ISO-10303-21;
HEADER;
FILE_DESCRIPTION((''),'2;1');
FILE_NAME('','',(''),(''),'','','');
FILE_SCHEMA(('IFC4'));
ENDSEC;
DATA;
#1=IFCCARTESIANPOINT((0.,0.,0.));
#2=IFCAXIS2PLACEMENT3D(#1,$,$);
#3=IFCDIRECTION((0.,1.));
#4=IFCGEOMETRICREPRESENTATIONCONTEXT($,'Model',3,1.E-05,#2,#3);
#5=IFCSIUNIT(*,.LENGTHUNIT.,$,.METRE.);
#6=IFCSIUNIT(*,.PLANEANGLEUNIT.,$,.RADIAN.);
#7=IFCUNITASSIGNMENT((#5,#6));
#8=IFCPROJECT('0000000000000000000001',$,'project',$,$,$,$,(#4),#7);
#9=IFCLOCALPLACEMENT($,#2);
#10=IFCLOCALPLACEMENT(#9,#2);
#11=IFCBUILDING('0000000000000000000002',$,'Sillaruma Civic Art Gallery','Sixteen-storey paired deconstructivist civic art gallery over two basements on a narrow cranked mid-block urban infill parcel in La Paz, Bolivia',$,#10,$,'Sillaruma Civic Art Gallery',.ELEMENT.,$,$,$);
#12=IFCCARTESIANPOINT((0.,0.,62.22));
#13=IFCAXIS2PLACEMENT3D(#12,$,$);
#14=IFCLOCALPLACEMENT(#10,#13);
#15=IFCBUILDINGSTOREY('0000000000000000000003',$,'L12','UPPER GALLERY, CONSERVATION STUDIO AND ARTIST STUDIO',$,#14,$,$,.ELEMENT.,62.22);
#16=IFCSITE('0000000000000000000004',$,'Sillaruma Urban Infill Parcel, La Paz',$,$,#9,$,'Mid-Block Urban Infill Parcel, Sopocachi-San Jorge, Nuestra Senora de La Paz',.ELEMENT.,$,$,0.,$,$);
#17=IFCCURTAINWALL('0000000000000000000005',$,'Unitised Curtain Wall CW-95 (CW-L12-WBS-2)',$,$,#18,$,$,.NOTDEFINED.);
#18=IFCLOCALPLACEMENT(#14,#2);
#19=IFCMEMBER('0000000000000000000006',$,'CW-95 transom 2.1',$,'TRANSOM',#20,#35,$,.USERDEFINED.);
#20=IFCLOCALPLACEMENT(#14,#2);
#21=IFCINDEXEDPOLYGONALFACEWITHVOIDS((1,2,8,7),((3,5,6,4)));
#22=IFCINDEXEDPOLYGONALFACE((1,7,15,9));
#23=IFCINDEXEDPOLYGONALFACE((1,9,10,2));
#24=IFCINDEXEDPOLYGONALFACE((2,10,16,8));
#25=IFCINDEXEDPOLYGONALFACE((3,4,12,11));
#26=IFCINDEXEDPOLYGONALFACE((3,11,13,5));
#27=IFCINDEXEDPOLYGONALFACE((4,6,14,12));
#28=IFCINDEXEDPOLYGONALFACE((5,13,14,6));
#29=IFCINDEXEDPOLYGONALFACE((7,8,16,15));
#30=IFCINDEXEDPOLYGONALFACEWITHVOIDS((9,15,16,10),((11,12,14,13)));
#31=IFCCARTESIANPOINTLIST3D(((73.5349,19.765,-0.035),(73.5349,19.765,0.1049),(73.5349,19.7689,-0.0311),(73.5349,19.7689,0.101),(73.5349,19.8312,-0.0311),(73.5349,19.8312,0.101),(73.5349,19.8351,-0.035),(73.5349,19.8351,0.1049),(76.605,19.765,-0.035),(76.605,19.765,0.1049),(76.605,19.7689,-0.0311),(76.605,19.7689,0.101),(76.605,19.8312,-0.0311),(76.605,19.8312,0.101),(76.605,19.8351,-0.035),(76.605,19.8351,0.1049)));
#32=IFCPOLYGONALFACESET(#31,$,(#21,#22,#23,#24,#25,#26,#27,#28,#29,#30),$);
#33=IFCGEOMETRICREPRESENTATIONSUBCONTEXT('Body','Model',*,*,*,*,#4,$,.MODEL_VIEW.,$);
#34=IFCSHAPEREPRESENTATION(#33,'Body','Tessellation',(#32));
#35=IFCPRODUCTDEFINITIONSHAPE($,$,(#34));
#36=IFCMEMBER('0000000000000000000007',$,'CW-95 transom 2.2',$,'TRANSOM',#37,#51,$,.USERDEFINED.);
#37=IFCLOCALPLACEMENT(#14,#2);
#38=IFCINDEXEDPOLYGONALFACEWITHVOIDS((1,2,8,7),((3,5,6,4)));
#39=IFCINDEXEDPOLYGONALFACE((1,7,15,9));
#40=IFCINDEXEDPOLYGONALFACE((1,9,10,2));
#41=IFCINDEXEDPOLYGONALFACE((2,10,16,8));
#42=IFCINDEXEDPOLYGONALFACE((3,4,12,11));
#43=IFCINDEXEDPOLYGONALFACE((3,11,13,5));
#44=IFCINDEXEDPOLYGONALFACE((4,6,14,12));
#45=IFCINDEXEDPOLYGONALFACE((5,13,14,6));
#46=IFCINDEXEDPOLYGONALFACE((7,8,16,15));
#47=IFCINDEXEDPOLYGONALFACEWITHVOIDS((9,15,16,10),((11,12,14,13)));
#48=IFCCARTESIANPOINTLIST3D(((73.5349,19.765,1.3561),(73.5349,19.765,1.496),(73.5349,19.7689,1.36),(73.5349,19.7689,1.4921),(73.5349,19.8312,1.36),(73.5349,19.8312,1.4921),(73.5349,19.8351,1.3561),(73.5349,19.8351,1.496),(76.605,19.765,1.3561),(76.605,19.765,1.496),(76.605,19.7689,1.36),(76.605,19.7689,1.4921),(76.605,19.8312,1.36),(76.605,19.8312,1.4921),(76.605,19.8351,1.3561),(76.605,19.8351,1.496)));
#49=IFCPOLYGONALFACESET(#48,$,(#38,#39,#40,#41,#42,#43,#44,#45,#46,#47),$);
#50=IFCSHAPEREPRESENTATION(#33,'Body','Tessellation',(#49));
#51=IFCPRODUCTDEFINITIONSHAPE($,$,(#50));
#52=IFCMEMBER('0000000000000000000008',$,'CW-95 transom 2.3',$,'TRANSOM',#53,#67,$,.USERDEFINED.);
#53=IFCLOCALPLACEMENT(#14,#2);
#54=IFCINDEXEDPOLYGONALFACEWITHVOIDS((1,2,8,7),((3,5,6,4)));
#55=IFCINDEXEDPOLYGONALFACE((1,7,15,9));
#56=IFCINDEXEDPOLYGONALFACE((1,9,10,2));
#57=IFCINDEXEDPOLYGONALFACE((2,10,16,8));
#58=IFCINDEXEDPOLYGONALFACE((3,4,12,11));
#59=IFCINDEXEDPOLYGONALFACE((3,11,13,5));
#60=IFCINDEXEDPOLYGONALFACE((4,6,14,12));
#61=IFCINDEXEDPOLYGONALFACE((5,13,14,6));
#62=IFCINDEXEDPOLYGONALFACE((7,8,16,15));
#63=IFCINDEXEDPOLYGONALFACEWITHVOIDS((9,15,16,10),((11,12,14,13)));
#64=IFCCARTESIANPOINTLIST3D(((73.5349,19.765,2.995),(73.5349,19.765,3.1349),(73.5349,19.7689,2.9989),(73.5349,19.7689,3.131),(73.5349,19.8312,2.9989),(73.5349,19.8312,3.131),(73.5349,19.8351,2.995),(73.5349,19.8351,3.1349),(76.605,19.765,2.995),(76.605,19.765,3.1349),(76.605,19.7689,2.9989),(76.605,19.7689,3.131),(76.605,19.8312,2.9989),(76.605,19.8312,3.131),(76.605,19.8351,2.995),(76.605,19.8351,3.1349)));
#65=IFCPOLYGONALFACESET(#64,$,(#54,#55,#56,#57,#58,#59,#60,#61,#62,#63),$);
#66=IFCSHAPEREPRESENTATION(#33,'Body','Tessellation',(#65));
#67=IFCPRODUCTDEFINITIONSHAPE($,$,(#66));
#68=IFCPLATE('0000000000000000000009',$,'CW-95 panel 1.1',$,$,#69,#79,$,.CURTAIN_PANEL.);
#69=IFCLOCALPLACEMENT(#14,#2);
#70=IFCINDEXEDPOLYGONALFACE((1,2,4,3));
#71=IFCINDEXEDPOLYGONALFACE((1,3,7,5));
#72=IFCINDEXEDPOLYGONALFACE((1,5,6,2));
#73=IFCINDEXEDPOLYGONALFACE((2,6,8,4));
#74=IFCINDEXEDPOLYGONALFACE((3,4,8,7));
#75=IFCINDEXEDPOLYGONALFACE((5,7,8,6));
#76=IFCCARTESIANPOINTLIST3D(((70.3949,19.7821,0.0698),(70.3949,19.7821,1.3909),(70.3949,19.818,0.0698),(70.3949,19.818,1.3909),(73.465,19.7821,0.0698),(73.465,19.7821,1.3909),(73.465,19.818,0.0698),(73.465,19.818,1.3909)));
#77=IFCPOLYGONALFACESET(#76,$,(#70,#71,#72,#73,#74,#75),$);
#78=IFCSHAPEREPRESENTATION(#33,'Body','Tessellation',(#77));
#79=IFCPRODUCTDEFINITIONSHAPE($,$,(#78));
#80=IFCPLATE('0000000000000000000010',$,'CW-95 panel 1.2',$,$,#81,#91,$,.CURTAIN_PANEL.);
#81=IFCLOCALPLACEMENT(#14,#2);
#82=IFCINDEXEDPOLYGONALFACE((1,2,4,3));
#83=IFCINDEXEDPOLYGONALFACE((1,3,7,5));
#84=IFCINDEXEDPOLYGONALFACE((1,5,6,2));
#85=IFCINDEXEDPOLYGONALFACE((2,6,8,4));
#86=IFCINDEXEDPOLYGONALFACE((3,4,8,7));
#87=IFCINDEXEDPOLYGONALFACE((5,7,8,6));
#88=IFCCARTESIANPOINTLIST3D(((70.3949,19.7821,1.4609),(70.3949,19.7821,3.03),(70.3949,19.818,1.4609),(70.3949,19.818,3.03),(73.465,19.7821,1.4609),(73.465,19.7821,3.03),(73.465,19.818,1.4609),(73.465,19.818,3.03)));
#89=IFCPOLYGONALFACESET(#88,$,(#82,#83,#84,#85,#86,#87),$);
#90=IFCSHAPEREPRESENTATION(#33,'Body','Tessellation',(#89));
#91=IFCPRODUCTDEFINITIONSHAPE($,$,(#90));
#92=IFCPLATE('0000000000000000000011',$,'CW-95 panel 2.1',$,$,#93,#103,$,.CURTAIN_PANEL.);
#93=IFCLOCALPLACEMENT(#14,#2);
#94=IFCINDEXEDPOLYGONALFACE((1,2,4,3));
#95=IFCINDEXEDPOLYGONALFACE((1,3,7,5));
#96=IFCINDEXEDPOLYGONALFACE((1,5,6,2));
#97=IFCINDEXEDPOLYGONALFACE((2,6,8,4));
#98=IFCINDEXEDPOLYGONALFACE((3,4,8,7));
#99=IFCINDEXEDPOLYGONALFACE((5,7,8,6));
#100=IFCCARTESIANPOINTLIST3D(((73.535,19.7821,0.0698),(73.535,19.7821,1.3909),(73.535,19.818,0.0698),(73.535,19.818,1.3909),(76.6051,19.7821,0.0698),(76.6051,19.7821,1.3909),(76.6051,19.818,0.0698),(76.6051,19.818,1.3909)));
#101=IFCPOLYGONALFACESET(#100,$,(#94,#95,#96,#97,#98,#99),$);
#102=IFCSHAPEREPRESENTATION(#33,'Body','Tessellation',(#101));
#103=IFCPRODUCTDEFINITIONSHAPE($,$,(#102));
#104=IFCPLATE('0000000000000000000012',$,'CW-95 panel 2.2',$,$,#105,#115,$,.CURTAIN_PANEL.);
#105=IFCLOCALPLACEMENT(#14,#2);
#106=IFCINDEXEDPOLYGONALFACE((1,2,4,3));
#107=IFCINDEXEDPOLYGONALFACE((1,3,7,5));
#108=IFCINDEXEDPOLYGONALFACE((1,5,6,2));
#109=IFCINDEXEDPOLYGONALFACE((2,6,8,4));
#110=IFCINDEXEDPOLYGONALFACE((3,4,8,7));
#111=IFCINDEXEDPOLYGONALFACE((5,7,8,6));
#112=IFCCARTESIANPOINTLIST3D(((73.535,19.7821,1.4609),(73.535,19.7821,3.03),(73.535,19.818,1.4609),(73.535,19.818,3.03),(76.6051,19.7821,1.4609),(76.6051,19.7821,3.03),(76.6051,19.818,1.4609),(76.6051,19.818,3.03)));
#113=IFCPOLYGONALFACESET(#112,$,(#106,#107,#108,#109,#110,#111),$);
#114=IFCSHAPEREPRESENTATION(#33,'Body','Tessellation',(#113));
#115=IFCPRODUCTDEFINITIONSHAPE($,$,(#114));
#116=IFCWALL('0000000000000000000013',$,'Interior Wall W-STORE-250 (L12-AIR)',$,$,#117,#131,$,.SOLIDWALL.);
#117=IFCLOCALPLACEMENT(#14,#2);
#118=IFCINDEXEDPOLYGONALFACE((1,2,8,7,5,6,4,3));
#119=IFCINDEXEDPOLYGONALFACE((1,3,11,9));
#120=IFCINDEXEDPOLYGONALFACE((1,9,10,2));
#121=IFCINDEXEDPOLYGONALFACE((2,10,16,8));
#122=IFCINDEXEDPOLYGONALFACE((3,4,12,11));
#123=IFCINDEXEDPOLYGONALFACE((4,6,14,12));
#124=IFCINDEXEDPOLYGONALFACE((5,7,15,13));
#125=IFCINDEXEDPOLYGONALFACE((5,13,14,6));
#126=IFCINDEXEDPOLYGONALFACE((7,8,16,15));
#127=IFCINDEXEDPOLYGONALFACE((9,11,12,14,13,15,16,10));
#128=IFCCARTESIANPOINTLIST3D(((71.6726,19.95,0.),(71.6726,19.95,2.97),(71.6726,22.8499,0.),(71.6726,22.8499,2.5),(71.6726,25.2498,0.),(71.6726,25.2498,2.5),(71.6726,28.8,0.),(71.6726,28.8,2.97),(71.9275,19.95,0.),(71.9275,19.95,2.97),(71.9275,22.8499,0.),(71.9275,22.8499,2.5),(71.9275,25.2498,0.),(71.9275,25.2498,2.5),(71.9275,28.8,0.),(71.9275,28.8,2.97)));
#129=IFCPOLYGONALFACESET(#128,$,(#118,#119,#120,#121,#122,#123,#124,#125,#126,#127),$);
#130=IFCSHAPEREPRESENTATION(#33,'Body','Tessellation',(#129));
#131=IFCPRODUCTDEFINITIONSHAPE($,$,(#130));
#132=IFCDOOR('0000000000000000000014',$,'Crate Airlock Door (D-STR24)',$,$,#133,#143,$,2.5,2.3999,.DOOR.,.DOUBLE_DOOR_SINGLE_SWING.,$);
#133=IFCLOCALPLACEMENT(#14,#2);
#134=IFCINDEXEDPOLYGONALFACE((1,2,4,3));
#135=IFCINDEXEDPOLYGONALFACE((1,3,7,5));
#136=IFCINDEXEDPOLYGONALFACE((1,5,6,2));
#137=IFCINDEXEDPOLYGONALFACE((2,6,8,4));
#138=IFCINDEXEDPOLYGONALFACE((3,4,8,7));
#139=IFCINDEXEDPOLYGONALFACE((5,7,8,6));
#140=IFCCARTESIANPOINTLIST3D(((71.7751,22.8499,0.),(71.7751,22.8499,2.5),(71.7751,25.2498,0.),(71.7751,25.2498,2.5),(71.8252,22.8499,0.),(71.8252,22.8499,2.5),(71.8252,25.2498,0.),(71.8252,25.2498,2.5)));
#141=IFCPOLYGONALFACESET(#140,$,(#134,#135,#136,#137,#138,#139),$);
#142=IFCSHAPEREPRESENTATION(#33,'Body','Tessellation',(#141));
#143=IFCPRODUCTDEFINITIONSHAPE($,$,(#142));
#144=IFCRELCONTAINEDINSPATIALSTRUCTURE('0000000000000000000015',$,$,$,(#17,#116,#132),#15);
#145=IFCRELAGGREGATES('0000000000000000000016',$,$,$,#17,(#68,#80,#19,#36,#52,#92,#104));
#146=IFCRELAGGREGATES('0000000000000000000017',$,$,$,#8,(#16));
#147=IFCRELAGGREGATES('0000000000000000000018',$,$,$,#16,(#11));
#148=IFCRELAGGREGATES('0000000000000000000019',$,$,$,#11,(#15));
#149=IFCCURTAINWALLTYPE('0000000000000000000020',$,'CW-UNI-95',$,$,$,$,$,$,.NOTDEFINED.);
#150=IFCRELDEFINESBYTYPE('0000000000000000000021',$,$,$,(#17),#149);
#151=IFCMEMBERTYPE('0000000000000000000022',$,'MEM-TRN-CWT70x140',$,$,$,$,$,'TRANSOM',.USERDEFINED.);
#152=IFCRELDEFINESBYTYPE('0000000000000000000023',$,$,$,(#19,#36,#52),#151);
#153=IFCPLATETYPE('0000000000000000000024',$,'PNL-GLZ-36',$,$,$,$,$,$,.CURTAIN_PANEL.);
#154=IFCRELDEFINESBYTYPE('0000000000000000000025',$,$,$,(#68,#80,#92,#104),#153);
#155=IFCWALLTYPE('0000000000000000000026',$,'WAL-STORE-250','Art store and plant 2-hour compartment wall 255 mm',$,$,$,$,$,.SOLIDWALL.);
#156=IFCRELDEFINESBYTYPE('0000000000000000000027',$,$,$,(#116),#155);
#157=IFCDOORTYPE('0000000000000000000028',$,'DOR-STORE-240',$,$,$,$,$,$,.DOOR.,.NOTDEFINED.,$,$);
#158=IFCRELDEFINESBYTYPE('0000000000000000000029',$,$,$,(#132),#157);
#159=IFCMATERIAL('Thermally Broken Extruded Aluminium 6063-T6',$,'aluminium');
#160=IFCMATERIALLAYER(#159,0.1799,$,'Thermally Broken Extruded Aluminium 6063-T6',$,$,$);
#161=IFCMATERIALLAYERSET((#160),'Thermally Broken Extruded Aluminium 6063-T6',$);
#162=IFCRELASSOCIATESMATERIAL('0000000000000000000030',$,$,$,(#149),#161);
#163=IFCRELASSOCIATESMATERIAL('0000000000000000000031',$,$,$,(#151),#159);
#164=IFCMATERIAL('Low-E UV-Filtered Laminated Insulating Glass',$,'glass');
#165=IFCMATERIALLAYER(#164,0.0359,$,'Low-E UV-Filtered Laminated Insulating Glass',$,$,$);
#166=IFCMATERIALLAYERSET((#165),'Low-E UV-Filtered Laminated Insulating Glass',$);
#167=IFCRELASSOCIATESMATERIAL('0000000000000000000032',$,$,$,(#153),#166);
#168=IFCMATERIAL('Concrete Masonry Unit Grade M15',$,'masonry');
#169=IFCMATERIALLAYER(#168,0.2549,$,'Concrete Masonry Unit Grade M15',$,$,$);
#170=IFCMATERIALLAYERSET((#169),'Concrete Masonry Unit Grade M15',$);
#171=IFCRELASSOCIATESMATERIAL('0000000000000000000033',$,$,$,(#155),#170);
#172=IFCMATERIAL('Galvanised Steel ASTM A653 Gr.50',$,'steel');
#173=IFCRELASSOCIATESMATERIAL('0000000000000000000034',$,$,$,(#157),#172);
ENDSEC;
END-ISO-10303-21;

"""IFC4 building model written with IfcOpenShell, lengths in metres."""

from ifc_helpers import new_model, si_unit, direction, frame, frame_2d, origin, origin_2d, place, context, subcontext, project, spatial, rectangle, hollow_rectangle, extrude, material, layer, layer_set, material_profile, profile_set, type_object, element, fill, aggregate, save


model = new_model("IFC4")

# Units and contexts
model_context = context("Model", 3, precision=1e-05, world=origin(), true_north=direction((0.0, 1.0)))
body_context = subcontext(model_context, "Body", "Model", "MODEL_VIEW")
ifc_project = project(units=[si_unit("LENGTHUNIT", "METRE"), si_unit("PLANEANGLEUNIT", "RADIAN")], contexts=[model_context])

# Site, building, storey
site_placement = place(None, origin())
site = spatial("IfcSite", under=ifc_project, at=site_placement, Name="Sillaruma Urban Infill Parcel, La Paz", LongName="Mid-Block Urban Infill Parcel, Sopocachi-San Jorge, Nuestra Senora de La Paz", CompositionType="ELEMENT", RefElevation=0.0)
building_placement = place(site_placement, origin())
building = spatial("IfcBuilding", under=site, at=building_placement, Name="Sillaruma Civic Art Gallery", Description="Sixteen-storey paired deconstructivist civic art gallery over two basements on a narrow cranked mid-block urban infill parcel in La Paz, Bolivia", LongName="Sillaruma Civic Art Gallery", CompositionType="ELEMENT")
storey_placement = place(building_placement, frame((0.0, 0.0, 62.22)))
storey = spatial("IfcBuildingStorey", under=building, at=storey_placement, Name="L12", Description="UPPER GALLERY, CONSERVATION STUDIO AND ARTIST STUDIO", CompositionType="ELEMENT", Elevation=62.22)

# Curtain wall, members, plates
ifc_material_1 = material(Name="Thermally Broken Extruded Aluminium 6063-T6", Category="aluminium")
ifc_layer_1 = layer(ifc_material_1, 0.1799, Name="Thermally Broken Extruded Aluminium 6063-T6")
ifc_layer_set_1 = layer_set([ifc_layer_1], Name="Thermally Broken Extruded Aluminium 6063-T6")
curtain_wall_type = type_object("IfcCurtainWallType", Name="CW-UNI-95", PredefinedType="NOTDEFINED", material=ifc_layer_set_1)
curtain_wall_placement = place(storey_placement, origin())
curtain_wall = element("IfcCurtainWall", 1, at=curtain_wall_placement, inside=storey, type_object=curtain_wall_type, Name="Unitised Curtain Wall CW-95 (CW-L12-WBS-2)", PredefinedType="NOTDEFINED")
ifc_material_profile_1 = material_profile(ifc_material_1, hollow_rectangle(XDim=0.0701, YDim=0.1399, WallThickness=0.0039, at=origin_2d()), Name="CWT70x140")
ifc_profile_set_1 = profile_set([ifc_material_profile_1], Name="Thermally Broken Extruded Aluminium 6063-T6")
member_type_1 = type_object("IfcMemberType", Name="MEM-TRN-CWT70x140", ElementType="TRANSOM", PredefinedType="USERDEFINED", material=ifc_profile_set_1)
member_1_placement = place(storey_placement, frame((73.5349, 19.8, 0.0349), z_axis=(1.0, 0.0, 0.0), x_axis=(0.0, 1.0, 0.0)))
member_1 = element("IfcMember", 2, at=member_1_placement, type_object=member_type_1, Name="CW-95 transom 2.1", ObjectType="TRANSOM", PredefinedType="USERDEFINED", context=body_context, shape_type="SweptSolid", body=[
    extrude(hollow_rectangle(XDim=0.0701, YDim=0.1399, WallThickness=0.0039, at=origin_2d()), origin(), (0.0, 0.0, 1.0), 3.0701),
])
member_2_placement = place(storey_placement, frame((73.5349, 19.8, 1.426), z_axis=(1.0, 0.0, 0.0), x_axis=(0.0, 1.0, 0.0)))
member_2 = element("IfcMember", 3, at=member_2_placement, type_object=member_type_1, Name="CW-95 transom 2.2", ObjectType="TRANSOM", PredefinedType="USERDEFINED", context=body_context, shape_type="SweptSolid", body=[
    extrude(hollow_rectangle(XDim=0.0701, YDim=0.1399, WallThickness=0.0039, at=origin_2d()), origin(), (0.0, 0.0, 1.0), 3.0701),
])
member_3_placement = place(storey_placement, frame((73.5349, 19.8, 3.0649), z_axis=(1.0, 0.0, 0.0), x_axis=(0.0, 1.0, 0.0)))
member_3 = element("IfcMember", 4, at=member_3_placement, type_object=member_type_1, Name="CW-95 transom 2.3", ObjectType="TRANSOM", PredefinedType="USERDEFINED", context=body_context, shape_type="SweptSolid", body=[
    extrude(hollow_rectangle(XDim=0.0701, YDim=0.1399, WallThickness=0.0039, at=origin_2d()), origin(), (0.0, 0.0, 1.0), 3.0701),
])
ifc_material_2 = material(Name="Low-E UV-Filtered Laminated Insulating Glass", Category="glass")
ifc_layer_2 = layer(ifc_material_2, 0.0359, Name="Low-E UV-Filtered Laminated Insulating Glass")
ifc_layer_set_2 = layer_set([ifc_layer_2], Name="Low-E UV-Filtered Laminated Insulating Glass")
plate_type = type_object("IfcPlateType", Name="PNL-GLZ-36", PredefinedType="CURTAIN_PANEL", material=ifc_layer_set_2)
plate_1_placement = place(storey_placement, frame((71.9299, 19.8, 0.0698), z_axis=(0.0, 0.0, 1.0), x_axis=(1.0, 0.0, 0.0)))
plate_1 = element("IfcPlate", 5, at=plate_1_placement, type_object=plate_type, Name="CW-95 panel 1.1", PredefinedType="CURTAIN_PANEL", context=body_context, shape_type="SweptSolid", body=[
    extrude(rectangle(XDim=3.0701, YDim=0.0359, at=origin_2d()), origin(), (0.0, 0.0, 1.0), 1.321),
])
plate_2_placement = place(storey_placement, frame((71.9299, 19.8, 1.4609), z_axis=(0.0, 0.0, 1.0), x_axis=(1.0, 0.0, 0.0)))
plate_2 = element("IfcPlate", 6, at=plate_2_placement, type_object=plate_type, Name="CW-95 panel 1.2", PredefinedType="CURTAIN_PANEL", context=body_context, shape_type="SweptSolid", body=[
    extrude(rectangle(XDim=3.0701, YDim=0.0359, at=origin_2d()), origin(), (0.0, 0.0, 1.0), 1.5691),
])
plate_3_placement = place(storey_placement, frame((75.0701, 19.8, 0.0698), z_axis=(0.0, 0.0, 1.0), x_axis=(1.0, 0.0, 0.0)))
plate_3 = element("IfcPlate", 7, at=plate_3_placement, type_object=plate_type, Name="CW-95 panel 2.1", PredefinedType="CURTAIN_PANEL", context=body_context, shape_type="SweptSolid", body=[
    extrude(rectangle(XDim=3.0701, YDim=0.0359, at=origin_2d()), origin(), (0.0, 0.0, 1.0), 1.321),
])
plate_4_placement = place(storey_placement, frame((75.0701, 19.8, 1.4609), z_axis=(0.0, 0.0, 1.0), x_axis=(1.0, 0.0, 0.0)))
plate_4 = element("IfcPlate", 8, at=plate_4_placement, type_object=plate_type, Name="CW-95 panel 2.2", PredefinedType="CURTAIN_PANEL", context=body_context, shape_type="SweptSolid", body=[
    extrude(rectangle(XDim=3.0701, YDim=0.0359, at=origin_2d()), origin(), (0.0, 0.0, 1.0), 1.5691),
])
aggregate(curtain_wall, [plate_1, plate_2, member_1, member_2, member_3, plate_3, plate_4])

# Wall, opening, door
ifc_material_3 = material(Name="Concrete Masonry Unit Grade M15", Category="masonry")
ifc_layer_3 = layer(ifc_material_3, 0.2549, Name="Concrete Masonry Unit Grade M15")
ifc_layer_set_3 = layer_set([ifc_layer_3], Name="Concrete Masonry Unit Grade M15")
wall_type = type_object("IfcWallType", Name="WAL-STORE-250", Description="Art store and plant 2-hour compartment wall 255 mm", PredefinedType="SOLIDWALL", material=ifc_layer_set_3)
wall_placement = place(storey_placement, frame((71.8, 19.95, 0.0), z_axis=(0.0, 0.0, 1.0), x_axis=(0.0, 1.0, 0.0)))
wall = element("IfcWall", 9, at=wall_placement, inside=storey, type_object=wall_type, Name="Interior Wall W-STORE-250 (L12-AIR)", PredefinedType="SOLIDWALL", context=body_context, shape_type="SweptSolid", body=[
    extrude(rectangle(XDim=8.8501, YDim=0.2549, at=frame_2d((4.425, 0.0))), origin(), (0.0, 0.0, 1.0), 2.97),
])
opening_placement = place(wall_placement, frame((2.8999, 0.0, 0.0)))
opening = element("IfcOpeningElement", 10, at=opening_placement, cuts=wall, PredefinedType="OPENING", context=body_context, shape_type="SweptSolid", body=[
    extrude(rectangle(XDim=2.3999, YDim=2.5, at=frame_2d((1.2, 1.25))), frame((0.0, 0.1375, 0.0), z_axis=(0.0, -1.0, 0.0), x_axis=(1.0, 0.0, 0.0)), (0.0, 0.0, 1.0), 0.2749),
])
ifc_material_4 = material(Name="Galvanised Steel ASTM A653 Gr.50", Category="steel")
door_type = type_object("IfcDoorType", Name="DOR-STORE-240", OperationType="NOTDEFINED", PredefinedType="DOOR", material=ifc_material_4)
door_placement = place(opening_placement, origin())
door = element("IfcDoor", 11, at=door_placement, inside=storey, type_object=door_type, Name="Crate Airlock Door (D-STR24)", OperationType="DOUBLE_DOOR_SINGLE_SWING", OverallHeight=2.5, OverallWidth=2.3999, PredefinedType="DOOR", context=body_context, shape_type="SweptSolid", body=[
    extrude(rectangle(XDim=2.3999, YDim=2.5, at=frame_2d((1.2, 1.25))), frame((0.0, 0.0249, 0.0), z_axis=(0.0, -1.0, 0.0), x_axis=(1.0, 0.0, 0.0)), (0.0, 0.0, 1.0), 0.05),
])
fill(opening, door)

save(model, "model.ifc")
